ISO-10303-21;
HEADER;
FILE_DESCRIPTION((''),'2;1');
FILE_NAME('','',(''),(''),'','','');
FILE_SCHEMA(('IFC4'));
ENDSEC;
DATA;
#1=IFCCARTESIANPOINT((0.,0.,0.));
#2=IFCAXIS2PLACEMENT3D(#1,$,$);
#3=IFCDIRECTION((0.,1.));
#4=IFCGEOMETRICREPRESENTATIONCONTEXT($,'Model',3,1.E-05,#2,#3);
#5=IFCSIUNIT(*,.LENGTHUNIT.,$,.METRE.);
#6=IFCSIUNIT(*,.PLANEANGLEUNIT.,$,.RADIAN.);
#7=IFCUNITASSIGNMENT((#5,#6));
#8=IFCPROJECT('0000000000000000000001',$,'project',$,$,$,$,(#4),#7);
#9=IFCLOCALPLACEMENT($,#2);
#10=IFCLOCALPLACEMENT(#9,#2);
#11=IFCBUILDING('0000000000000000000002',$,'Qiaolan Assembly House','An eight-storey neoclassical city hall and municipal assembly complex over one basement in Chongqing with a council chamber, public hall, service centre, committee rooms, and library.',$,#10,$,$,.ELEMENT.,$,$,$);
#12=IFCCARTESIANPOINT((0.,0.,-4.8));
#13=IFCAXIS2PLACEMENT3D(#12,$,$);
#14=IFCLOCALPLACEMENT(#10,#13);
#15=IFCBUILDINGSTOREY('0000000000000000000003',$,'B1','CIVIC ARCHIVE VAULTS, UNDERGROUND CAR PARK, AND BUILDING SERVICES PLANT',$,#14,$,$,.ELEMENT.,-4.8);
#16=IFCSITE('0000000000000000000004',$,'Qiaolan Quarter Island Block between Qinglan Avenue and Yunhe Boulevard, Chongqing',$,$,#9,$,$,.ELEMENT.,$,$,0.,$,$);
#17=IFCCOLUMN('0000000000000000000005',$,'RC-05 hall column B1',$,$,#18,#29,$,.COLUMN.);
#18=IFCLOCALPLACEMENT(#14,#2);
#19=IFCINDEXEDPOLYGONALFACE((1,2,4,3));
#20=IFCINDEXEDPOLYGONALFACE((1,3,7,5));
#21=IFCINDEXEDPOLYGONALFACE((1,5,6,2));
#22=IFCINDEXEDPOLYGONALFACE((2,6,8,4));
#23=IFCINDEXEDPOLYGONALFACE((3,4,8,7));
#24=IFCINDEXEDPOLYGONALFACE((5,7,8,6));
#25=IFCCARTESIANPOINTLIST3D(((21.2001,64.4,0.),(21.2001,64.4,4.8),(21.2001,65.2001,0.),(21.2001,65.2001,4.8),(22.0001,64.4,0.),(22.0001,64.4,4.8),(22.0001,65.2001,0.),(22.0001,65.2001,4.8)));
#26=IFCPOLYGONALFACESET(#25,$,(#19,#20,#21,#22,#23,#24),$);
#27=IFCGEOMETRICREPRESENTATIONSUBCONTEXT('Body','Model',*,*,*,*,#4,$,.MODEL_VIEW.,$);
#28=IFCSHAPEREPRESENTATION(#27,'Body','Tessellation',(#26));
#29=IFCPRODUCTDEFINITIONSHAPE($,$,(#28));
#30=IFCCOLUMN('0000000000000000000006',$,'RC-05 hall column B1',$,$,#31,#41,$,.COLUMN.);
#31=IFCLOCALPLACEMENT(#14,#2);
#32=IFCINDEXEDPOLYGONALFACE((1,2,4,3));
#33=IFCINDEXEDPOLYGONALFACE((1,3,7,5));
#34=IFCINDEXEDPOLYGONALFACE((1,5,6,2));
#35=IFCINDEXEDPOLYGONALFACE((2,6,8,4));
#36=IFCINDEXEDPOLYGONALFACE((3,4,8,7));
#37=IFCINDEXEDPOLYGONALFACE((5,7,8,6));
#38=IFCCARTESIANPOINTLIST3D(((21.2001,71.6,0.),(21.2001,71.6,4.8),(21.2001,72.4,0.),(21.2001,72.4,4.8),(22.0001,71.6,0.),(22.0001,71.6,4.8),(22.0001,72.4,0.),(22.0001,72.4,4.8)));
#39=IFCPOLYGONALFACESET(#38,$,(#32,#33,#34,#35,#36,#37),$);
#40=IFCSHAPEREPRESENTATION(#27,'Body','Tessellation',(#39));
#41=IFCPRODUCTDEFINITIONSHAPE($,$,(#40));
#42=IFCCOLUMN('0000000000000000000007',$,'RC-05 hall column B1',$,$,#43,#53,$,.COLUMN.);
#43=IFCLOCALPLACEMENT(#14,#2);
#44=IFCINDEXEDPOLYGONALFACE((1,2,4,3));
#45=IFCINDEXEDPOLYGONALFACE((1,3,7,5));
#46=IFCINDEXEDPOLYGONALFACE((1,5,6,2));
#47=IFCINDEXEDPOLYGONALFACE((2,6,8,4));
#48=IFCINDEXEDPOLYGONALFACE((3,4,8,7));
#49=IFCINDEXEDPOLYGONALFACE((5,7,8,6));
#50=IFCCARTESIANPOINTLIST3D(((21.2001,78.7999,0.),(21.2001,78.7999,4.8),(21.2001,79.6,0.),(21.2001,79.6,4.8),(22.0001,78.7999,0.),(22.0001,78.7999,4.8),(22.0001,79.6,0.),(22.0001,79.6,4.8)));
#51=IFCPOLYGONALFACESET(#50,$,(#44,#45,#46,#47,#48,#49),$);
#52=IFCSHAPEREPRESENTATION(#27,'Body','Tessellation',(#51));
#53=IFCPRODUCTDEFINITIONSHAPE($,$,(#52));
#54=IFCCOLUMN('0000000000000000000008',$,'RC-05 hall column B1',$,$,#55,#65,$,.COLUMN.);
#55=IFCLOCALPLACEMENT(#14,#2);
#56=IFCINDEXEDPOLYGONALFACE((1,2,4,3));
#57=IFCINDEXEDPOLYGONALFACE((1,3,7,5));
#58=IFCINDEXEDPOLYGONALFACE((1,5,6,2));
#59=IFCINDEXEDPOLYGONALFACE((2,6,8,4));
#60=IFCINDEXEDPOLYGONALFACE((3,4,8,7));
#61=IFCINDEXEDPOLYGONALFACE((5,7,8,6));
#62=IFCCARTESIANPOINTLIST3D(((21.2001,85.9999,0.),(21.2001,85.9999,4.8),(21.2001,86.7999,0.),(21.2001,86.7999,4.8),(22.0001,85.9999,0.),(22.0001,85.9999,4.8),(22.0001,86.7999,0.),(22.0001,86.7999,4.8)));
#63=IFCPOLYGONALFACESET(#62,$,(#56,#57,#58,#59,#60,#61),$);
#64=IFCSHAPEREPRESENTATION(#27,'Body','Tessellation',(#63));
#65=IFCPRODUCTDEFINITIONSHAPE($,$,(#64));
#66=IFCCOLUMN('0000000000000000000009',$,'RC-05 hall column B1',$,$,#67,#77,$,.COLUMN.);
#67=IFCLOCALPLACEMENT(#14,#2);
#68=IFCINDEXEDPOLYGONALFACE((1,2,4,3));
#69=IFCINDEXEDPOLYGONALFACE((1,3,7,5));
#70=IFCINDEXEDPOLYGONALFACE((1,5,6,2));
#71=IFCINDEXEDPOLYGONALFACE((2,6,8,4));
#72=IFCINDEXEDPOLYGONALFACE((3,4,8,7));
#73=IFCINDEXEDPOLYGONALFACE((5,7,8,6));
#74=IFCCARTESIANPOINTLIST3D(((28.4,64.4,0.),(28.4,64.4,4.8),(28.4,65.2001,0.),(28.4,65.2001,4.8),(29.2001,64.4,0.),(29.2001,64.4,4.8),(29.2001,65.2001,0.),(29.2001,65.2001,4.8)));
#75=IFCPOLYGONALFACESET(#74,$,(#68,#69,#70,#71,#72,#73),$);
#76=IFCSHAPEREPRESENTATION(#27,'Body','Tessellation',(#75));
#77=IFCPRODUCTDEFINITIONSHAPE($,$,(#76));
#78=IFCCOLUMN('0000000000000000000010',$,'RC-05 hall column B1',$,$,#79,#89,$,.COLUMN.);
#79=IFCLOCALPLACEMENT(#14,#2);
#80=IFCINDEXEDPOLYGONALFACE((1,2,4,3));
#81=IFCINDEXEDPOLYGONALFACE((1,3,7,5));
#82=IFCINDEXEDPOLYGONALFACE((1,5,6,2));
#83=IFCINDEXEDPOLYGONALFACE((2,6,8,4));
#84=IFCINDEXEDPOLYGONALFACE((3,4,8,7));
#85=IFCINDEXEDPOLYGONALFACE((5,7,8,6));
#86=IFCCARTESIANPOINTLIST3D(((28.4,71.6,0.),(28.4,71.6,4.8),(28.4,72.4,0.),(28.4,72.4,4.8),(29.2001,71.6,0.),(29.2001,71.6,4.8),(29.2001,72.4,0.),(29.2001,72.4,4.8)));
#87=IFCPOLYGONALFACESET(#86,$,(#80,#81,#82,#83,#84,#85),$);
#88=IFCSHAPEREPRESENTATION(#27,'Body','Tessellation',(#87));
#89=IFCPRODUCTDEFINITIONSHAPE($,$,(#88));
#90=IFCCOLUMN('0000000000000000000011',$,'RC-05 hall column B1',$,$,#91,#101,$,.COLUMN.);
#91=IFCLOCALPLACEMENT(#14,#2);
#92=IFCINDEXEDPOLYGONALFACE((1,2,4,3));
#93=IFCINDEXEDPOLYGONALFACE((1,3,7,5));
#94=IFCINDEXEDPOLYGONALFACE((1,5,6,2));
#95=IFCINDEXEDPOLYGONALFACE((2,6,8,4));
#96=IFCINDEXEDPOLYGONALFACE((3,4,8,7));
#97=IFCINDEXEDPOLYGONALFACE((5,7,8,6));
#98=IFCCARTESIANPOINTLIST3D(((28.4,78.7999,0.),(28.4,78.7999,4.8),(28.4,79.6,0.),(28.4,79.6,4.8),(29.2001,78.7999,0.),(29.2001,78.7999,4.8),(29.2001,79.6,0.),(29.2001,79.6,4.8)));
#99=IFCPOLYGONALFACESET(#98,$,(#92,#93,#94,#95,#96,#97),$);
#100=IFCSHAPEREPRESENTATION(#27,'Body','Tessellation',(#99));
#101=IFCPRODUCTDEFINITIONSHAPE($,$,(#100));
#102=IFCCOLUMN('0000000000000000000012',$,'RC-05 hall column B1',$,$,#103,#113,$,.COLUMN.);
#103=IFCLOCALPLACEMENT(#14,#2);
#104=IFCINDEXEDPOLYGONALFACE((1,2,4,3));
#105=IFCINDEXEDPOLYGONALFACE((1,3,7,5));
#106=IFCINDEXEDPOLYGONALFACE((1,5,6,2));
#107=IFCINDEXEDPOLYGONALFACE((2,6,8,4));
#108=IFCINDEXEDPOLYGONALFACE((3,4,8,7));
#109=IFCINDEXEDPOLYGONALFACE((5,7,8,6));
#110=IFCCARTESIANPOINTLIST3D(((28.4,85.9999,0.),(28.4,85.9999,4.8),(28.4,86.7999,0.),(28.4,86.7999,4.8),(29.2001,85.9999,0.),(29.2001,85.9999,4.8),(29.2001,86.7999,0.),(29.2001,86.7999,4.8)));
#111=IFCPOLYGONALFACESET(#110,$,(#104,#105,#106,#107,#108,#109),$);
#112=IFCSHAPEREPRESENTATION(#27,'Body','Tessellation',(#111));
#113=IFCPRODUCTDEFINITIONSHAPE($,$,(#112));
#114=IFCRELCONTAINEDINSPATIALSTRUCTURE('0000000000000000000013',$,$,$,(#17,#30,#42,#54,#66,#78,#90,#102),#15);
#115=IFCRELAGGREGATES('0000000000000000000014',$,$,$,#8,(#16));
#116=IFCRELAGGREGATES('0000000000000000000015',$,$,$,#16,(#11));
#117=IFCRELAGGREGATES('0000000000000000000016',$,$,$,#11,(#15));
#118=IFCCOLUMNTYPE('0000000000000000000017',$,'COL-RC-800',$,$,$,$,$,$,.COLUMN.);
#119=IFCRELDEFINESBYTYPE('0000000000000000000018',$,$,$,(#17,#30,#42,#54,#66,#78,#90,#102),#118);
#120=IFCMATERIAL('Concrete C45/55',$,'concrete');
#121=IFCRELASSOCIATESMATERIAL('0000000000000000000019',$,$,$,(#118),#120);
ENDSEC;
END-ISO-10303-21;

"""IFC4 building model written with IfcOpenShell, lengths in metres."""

from ifc_helpers import new_model, si_unit, direction, frame, origin, origin_2d, place, context, subcontext, project, spatial, rectangle, extrude, material, material_profile, profile_set, type_object, element, save


model = new_model("IFC4")

# Units and contexts
model_context = context("Model", 3, precision=1e-05, world=origin(), true_north=direction((0.0, 1.0)))
body_context = subcontext(model_context, "Body", "Model", "MODEL_VIEW")
ifc_project = project(units=[si_unit("LENGTHUNIT", "METRE"), si_unit("PLANEANGLEUNIT", "RADIAN")], contexts=[model_context])

# Site, building, storey
site_placement = place(None, origin())
site = spatial("IfcSite", under=ifc_project, at=site_placement, Name="Qiaolan Quarter Island Block between Qinglan Avenue and Yunhe Boulevard, Chongqing", CompositionType="ELEMENT", RefElevation=0.0)
building_placement = place(site_placement, origin())
building = spatial("IfcBuilding", under=site, at=building_placement, Name="Qiaolan Assembly House", Description="An eight-storey neoclassical city hall and municipal assembly complex over one basement in Chongqing with a council chamber, public hall, service centre, committee rooms, and library.", CompositionType="ELEMENT")
storey_placement = place(building_placement, frame((0.0, 0.0, -4.8)))
storey = spatial("IfcBuildingStorey", under=building, at=storey_placement, Name="B1", Description="CIVIC ARCHIVE VAULTS, UNDERGROUND CAR PARK, AND BUILDING SERVICES PLANT", CompositionType="ELEMENT", Elevation=-4.8)

# Shared definitions
ifc_material_1 = material(Name="Concrete C45/55", Category="concrete")

# Columns
ifc_material_profile_1 = material_profile(ifc_material_1, rectangle(XDim=0.8, YDim=0.8, at=origin_2d()), Name="RC 800x800")
ifc_profile_set_1 = profile_set([ifc_material_profile_1], Name="Concrete C45/55")
column_type = type_object("IfcColumnType", Name="COL-RC-800", PredefinedType="COLUMN", material=ifc_profile_set_1)
for number, where, z_axis, x_axis, name in (
    (1, (21.6001, 64.8, 0.0), (0.0, 0.0, 1.0), (1.0, 0.0, 0.0), "RC-05 hall column B1"),
    (2, (21.6001, 72.0, 0.0), (0.0, 0.0, 1.0), (1.0, 0.0, 0.0), "RC-05 hall column B1"),
    (3, (21.6001, 79.2, 0.0), (0.0, 0.0, 1.0), (1.0, 0.0, 0.0), "RC-05 hall column B1"),
    (4, (21.6001, 86.3999, 0.0), (0.0, 0.0, 1.0), (1.0, 0.0, 0.0), "RC-05 hall column B1"),
    (5, (28.8, 64.8, 0.0), (0.0, 0.0, 1.0), (1.0, 0.0, 0.0), "RC-05 hall column B1"),
    (6, (28.8, 72.0, 0.0), (0.0, 0.0, 1.0), (1.0, 0.0, 0.0), "RC-05 hall column B1"),
    (7, (28.8, 79.2, 0.0), (0.0, 0.0, 1.0), (1.0, 0.0, 0.0), "RC-05 hall column B1"),
    (8, (28.8, 86.3999, 0.0), (0.0, 0.0, 1.0), (1.0, 0.0, 0.0), "RC-05 hall column B1"),
):
    element("IfcColumn", number, at=place(storey_placement, frame(where, z_axis=z_axis, x_axis=x_axis)), inside=storey, type_object=column_type, Name=name, PredefinedType="COLUMN", context=body_context, shape_type="SweptSolid", body=[
        extrude(rectangle(XDim=0.8, YDim=0.8, at=origin_2d()), origin(), (0.0, 0.0, 1.0), 4.8),
    ])

save(model, "model.ifc")
